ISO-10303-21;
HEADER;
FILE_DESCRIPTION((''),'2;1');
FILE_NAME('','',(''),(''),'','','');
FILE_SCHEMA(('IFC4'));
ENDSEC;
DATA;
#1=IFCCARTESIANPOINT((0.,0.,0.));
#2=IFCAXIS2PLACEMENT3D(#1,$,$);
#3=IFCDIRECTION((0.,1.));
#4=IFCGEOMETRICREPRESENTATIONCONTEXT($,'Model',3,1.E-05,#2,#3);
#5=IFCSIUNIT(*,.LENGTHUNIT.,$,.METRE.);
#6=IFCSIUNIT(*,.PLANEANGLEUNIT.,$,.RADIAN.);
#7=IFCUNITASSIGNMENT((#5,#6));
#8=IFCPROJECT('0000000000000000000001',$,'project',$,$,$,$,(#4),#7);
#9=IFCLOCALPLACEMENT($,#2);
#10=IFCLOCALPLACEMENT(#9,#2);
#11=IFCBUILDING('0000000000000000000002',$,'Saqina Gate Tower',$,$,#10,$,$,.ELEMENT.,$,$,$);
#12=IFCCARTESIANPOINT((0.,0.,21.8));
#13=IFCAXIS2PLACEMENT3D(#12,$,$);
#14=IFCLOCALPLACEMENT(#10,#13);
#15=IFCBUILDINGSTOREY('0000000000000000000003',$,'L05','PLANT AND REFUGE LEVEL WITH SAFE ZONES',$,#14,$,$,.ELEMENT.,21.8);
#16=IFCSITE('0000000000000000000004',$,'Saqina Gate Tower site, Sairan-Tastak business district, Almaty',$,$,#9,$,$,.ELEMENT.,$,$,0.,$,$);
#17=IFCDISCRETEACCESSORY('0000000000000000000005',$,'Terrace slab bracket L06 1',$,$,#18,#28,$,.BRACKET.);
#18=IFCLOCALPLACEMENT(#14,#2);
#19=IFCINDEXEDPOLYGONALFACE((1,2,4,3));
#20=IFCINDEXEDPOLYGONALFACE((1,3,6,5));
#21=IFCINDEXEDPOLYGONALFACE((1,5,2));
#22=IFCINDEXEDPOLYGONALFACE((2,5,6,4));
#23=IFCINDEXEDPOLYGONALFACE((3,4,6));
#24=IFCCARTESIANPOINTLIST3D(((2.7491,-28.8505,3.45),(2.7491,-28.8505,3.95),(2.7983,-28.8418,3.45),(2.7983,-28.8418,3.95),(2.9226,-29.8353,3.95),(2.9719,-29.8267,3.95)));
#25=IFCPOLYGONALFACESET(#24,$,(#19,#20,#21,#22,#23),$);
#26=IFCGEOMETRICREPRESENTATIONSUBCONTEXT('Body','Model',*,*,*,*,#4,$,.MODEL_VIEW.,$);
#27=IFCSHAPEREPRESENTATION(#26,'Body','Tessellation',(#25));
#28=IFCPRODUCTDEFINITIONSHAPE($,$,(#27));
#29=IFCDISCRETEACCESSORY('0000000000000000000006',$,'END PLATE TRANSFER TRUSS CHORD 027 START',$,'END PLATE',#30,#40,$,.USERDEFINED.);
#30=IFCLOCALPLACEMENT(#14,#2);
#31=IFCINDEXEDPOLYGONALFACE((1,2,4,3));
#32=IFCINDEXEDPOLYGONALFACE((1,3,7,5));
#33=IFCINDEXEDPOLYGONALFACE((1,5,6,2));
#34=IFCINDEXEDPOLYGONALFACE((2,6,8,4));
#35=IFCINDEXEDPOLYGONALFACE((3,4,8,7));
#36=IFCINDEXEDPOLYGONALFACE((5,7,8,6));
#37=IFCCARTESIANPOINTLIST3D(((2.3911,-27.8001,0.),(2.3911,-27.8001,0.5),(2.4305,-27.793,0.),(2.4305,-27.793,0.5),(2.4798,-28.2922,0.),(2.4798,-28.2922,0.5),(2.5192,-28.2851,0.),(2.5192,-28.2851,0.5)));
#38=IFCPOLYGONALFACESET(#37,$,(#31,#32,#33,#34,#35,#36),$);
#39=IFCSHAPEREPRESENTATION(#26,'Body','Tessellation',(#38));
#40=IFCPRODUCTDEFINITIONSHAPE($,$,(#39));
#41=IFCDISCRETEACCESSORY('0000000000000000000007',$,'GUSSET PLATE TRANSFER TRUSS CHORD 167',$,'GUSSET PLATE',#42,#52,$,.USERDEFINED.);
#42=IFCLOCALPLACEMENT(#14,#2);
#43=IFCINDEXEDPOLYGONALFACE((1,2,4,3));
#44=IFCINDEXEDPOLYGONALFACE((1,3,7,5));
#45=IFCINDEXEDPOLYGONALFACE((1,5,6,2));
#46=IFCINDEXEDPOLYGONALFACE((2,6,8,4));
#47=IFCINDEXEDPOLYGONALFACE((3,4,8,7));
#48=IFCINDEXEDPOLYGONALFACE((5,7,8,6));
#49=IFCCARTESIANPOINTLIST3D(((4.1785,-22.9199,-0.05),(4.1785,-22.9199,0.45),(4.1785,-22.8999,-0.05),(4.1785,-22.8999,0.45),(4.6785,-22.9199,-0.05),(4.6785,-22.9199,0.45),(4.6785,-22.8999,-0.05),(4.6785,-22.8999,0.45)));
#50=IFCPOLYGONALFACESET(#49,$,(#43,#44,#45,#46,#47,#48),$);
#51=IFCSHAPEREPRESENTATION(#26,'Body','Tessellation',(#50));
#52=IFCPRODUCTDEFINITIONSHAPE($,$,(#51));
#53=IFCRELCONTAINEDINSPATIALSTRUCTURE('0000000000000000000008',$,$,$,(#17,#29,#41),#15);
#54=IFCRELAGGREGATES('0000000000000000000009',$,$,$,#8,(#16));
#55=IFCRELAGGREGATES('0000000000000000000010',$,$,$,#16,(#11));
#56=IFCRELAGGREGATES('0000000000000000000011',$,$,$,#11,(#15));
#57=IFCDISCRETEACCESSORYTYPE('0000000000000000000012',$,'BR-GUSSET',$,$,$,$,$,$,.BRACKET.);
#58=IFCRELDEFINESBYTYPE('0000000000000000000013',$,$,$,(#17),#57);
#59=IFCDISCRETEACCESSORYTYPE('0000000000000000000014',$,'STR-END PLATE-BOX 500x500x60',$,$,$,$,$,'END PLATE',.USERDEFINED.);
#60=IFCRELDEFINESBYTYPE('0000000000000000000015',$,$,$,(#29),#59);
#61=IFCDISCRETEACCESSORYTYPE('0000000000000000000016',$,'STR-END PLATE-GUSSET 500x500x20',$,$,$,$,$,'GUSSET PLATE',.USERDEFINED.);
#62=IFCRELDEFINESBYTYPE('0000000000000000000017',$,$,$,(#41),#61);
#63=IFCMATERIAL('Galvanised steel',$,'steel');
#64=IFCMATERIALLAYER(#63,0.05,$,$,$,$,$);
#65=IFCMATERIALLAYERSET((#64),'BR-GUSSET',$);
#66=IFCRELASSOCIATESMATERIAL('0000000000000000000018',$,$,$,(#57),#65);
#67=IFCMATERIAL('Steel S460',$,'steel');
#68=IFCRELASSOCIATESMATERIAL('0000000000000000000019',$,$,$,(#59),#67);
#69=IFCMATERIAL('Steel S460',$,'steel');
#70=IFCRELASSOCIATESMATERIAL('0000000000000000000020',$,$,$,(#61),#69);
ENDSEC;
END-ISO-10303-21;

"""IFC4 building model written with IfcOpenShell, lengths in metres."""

from ifc_helpers import new_model, si_unit, direction, frame, origin, origin_2d, place, context, subcontext, project, spatial, polyline, rectangle, outline, extrude, material, layer, layer_set, material_profile, profile_set, type_object, element, save


model = new_model("IFC4")

# Units and contexts
model_context = context("Model", 3, precision=1e-05, world=origin(), true_north=direction((0.0, 1.0)))
body_context = subcontext(model_context, "Body", "Model", "MODEL_VIEW")
ifc_project = project(units=[si_unit("LENGTHUNIT", "METRE"), si_unit("PLANEANGLEUNIT", "RADIAN")], contexts=[model_context])

# Site, building, storey
site_placement = place(None, origin())
site = spatial("IfcSite", under=ifc_project, at=site_placement, Name="Saqina Gate Tower site, Sairan-Tastak business district, Almaty", CompositionType="ELEMENT", RefElevation=0.0)
building_placement = place(site_placement, origin())
building = spatial("IfcBuilding", under=site, at=building_placement, Name="Saqina Gate Tower", CompositionType="ELEMENT")
storey_placement = place(building_placement, frame((0.0, 0.0, 21.8)))
storey = spatial("IfcBuildingStorey", under=building, at=storey_placement, Name="L05", Description="PLANT AND REFUGE LEVEL WITH SAFE ZONES", CompositionType="ELEMENT", Elevation=21.8)

# Discrete accessories
ifc_material_1 = material(Name="Galvanised steel", Category="steel")
ifc_layer_1 = layer(ifc_material_1, 0.05)
ifc_layer_set_1 = layer_set([ifc_layer_1], Name="BR-GUSSET")
discrete_accessory_type_1 = type_object("IfcDiscreteAccessoryType", Name="BR-GUSSET", PredefinedType="BRACKET", material=ifc_layer_set_1)
discrete_accessory_1_placement = place(storey_placement, frame((2.7983, -28.8418, 3.45), z_axis=(0.98482, 0.173576, 0.0), x_axis=(0.0, 0.0, 1.0)))
element("IfcDiscreteAccessory", 1, at=discrete_accessory_1_placement, inside=storey, type_object=discrete_accessory_type_1, Name="Terrace slab bracket L06 1", PredefinedType="BRACKET", context=body_context, shape_type="SweptSolid", body=[
    extrude(outline(polyline([(0.0, 0.0), (0.5, 0.0), (0.5, 1.0), (0.0, 0.0)])), origin(), (0.0, 0.0, -1.0), 0.05),
])
ifc_material_2 = material(Name="Steel S460", Category="steel")
ifc_material_profile_1 = material_profile(ifc_material_2, rectangle(XDim=0.5, YDim=0.5, at=origin_2d()), Name="STR-END PLATE-BOX 500x500x60")
ifc_profile_set_1 = profile_set([ifc_material_profile_1], Name="Steel S460")
discrete_accessory_type_2 = type_object("IfcDiscreteAccessoryType", Name="STR-END PLATE-BOX 500x500x60", ElementType="END PLATE", PredefinedType="USERDEFINED", material=ifc_profile_set_1)
discrete_accessory_2_placement = place(storey_placement, frame((2.4749, -28.0391, 0.25), z_axis=(-0.984162, -0.177271, 0.0), x_axis=(-0.177271, 0.984162, 0.0)))
element("IfcDiscreteAccessory", 2, at=discrete_accessory_2_placement, inside=storey, type_object=discrete_accessory_type_2, Name="END PLATE TRANSFER TRUSS CHORD 027 START", ObjectType="END PLATE", PredefinedType="USERDEFINED", context=body_context, shape_type="SweptSolid", body=[
    extrude(rectangle(XDim=0.5, YDim=0.5, at=origin_2d()), origin(), (0.0, 0.0, 1.0), 0.04),
])
ifc_material_3 = material(Name="Steel S460", Category="steel")
ifc_material_profile_2 = material_profile(ifc_material_3, rectangle(XDim=0.5, YDim=0.5, at=origin_2d()), Name="STR-END PLATE-GUSSET 500x500x20")
ifc_profile_set_2 = profile_set([ifc_material_profile_2], Name="Steel S460")
discrete_accessory_type_3 = type_object("IfcDiscreteAccessoryType", Name="STR-END PLATE-GUSSET 500x500x20", ElementType="GUSSET PLATE", PredefinedType="USERDEFINED", material=ifc_profile_set_2)
discrete_accessory_3_placement = place(storey_placement, frame((4.4285, -22.8999, 0.2), z_axis=(0.0, -1.0, 0.0), x_axis=(1.0, 0.0, 0.0)))
element("IfcDiscreteAccessory", 3, at=discrete_accessory_3_placement, inside=storey, type_object=discrete_accessory_type_3, Name="GUSSET PLATE TRANSFER TRUSS CHORD 167", ObjectType="GUSSET PLATE", PredefinedType="USERDEFINED", context=body_context, shape_type="SweptSolid", body=[
    extrude(rectangle(XDim=0.5, YDim=0.5, at=origin_2d()), origin(), (0.0, 0.0, 1.0), 0.02),
])

save(model, "model.ifc")
